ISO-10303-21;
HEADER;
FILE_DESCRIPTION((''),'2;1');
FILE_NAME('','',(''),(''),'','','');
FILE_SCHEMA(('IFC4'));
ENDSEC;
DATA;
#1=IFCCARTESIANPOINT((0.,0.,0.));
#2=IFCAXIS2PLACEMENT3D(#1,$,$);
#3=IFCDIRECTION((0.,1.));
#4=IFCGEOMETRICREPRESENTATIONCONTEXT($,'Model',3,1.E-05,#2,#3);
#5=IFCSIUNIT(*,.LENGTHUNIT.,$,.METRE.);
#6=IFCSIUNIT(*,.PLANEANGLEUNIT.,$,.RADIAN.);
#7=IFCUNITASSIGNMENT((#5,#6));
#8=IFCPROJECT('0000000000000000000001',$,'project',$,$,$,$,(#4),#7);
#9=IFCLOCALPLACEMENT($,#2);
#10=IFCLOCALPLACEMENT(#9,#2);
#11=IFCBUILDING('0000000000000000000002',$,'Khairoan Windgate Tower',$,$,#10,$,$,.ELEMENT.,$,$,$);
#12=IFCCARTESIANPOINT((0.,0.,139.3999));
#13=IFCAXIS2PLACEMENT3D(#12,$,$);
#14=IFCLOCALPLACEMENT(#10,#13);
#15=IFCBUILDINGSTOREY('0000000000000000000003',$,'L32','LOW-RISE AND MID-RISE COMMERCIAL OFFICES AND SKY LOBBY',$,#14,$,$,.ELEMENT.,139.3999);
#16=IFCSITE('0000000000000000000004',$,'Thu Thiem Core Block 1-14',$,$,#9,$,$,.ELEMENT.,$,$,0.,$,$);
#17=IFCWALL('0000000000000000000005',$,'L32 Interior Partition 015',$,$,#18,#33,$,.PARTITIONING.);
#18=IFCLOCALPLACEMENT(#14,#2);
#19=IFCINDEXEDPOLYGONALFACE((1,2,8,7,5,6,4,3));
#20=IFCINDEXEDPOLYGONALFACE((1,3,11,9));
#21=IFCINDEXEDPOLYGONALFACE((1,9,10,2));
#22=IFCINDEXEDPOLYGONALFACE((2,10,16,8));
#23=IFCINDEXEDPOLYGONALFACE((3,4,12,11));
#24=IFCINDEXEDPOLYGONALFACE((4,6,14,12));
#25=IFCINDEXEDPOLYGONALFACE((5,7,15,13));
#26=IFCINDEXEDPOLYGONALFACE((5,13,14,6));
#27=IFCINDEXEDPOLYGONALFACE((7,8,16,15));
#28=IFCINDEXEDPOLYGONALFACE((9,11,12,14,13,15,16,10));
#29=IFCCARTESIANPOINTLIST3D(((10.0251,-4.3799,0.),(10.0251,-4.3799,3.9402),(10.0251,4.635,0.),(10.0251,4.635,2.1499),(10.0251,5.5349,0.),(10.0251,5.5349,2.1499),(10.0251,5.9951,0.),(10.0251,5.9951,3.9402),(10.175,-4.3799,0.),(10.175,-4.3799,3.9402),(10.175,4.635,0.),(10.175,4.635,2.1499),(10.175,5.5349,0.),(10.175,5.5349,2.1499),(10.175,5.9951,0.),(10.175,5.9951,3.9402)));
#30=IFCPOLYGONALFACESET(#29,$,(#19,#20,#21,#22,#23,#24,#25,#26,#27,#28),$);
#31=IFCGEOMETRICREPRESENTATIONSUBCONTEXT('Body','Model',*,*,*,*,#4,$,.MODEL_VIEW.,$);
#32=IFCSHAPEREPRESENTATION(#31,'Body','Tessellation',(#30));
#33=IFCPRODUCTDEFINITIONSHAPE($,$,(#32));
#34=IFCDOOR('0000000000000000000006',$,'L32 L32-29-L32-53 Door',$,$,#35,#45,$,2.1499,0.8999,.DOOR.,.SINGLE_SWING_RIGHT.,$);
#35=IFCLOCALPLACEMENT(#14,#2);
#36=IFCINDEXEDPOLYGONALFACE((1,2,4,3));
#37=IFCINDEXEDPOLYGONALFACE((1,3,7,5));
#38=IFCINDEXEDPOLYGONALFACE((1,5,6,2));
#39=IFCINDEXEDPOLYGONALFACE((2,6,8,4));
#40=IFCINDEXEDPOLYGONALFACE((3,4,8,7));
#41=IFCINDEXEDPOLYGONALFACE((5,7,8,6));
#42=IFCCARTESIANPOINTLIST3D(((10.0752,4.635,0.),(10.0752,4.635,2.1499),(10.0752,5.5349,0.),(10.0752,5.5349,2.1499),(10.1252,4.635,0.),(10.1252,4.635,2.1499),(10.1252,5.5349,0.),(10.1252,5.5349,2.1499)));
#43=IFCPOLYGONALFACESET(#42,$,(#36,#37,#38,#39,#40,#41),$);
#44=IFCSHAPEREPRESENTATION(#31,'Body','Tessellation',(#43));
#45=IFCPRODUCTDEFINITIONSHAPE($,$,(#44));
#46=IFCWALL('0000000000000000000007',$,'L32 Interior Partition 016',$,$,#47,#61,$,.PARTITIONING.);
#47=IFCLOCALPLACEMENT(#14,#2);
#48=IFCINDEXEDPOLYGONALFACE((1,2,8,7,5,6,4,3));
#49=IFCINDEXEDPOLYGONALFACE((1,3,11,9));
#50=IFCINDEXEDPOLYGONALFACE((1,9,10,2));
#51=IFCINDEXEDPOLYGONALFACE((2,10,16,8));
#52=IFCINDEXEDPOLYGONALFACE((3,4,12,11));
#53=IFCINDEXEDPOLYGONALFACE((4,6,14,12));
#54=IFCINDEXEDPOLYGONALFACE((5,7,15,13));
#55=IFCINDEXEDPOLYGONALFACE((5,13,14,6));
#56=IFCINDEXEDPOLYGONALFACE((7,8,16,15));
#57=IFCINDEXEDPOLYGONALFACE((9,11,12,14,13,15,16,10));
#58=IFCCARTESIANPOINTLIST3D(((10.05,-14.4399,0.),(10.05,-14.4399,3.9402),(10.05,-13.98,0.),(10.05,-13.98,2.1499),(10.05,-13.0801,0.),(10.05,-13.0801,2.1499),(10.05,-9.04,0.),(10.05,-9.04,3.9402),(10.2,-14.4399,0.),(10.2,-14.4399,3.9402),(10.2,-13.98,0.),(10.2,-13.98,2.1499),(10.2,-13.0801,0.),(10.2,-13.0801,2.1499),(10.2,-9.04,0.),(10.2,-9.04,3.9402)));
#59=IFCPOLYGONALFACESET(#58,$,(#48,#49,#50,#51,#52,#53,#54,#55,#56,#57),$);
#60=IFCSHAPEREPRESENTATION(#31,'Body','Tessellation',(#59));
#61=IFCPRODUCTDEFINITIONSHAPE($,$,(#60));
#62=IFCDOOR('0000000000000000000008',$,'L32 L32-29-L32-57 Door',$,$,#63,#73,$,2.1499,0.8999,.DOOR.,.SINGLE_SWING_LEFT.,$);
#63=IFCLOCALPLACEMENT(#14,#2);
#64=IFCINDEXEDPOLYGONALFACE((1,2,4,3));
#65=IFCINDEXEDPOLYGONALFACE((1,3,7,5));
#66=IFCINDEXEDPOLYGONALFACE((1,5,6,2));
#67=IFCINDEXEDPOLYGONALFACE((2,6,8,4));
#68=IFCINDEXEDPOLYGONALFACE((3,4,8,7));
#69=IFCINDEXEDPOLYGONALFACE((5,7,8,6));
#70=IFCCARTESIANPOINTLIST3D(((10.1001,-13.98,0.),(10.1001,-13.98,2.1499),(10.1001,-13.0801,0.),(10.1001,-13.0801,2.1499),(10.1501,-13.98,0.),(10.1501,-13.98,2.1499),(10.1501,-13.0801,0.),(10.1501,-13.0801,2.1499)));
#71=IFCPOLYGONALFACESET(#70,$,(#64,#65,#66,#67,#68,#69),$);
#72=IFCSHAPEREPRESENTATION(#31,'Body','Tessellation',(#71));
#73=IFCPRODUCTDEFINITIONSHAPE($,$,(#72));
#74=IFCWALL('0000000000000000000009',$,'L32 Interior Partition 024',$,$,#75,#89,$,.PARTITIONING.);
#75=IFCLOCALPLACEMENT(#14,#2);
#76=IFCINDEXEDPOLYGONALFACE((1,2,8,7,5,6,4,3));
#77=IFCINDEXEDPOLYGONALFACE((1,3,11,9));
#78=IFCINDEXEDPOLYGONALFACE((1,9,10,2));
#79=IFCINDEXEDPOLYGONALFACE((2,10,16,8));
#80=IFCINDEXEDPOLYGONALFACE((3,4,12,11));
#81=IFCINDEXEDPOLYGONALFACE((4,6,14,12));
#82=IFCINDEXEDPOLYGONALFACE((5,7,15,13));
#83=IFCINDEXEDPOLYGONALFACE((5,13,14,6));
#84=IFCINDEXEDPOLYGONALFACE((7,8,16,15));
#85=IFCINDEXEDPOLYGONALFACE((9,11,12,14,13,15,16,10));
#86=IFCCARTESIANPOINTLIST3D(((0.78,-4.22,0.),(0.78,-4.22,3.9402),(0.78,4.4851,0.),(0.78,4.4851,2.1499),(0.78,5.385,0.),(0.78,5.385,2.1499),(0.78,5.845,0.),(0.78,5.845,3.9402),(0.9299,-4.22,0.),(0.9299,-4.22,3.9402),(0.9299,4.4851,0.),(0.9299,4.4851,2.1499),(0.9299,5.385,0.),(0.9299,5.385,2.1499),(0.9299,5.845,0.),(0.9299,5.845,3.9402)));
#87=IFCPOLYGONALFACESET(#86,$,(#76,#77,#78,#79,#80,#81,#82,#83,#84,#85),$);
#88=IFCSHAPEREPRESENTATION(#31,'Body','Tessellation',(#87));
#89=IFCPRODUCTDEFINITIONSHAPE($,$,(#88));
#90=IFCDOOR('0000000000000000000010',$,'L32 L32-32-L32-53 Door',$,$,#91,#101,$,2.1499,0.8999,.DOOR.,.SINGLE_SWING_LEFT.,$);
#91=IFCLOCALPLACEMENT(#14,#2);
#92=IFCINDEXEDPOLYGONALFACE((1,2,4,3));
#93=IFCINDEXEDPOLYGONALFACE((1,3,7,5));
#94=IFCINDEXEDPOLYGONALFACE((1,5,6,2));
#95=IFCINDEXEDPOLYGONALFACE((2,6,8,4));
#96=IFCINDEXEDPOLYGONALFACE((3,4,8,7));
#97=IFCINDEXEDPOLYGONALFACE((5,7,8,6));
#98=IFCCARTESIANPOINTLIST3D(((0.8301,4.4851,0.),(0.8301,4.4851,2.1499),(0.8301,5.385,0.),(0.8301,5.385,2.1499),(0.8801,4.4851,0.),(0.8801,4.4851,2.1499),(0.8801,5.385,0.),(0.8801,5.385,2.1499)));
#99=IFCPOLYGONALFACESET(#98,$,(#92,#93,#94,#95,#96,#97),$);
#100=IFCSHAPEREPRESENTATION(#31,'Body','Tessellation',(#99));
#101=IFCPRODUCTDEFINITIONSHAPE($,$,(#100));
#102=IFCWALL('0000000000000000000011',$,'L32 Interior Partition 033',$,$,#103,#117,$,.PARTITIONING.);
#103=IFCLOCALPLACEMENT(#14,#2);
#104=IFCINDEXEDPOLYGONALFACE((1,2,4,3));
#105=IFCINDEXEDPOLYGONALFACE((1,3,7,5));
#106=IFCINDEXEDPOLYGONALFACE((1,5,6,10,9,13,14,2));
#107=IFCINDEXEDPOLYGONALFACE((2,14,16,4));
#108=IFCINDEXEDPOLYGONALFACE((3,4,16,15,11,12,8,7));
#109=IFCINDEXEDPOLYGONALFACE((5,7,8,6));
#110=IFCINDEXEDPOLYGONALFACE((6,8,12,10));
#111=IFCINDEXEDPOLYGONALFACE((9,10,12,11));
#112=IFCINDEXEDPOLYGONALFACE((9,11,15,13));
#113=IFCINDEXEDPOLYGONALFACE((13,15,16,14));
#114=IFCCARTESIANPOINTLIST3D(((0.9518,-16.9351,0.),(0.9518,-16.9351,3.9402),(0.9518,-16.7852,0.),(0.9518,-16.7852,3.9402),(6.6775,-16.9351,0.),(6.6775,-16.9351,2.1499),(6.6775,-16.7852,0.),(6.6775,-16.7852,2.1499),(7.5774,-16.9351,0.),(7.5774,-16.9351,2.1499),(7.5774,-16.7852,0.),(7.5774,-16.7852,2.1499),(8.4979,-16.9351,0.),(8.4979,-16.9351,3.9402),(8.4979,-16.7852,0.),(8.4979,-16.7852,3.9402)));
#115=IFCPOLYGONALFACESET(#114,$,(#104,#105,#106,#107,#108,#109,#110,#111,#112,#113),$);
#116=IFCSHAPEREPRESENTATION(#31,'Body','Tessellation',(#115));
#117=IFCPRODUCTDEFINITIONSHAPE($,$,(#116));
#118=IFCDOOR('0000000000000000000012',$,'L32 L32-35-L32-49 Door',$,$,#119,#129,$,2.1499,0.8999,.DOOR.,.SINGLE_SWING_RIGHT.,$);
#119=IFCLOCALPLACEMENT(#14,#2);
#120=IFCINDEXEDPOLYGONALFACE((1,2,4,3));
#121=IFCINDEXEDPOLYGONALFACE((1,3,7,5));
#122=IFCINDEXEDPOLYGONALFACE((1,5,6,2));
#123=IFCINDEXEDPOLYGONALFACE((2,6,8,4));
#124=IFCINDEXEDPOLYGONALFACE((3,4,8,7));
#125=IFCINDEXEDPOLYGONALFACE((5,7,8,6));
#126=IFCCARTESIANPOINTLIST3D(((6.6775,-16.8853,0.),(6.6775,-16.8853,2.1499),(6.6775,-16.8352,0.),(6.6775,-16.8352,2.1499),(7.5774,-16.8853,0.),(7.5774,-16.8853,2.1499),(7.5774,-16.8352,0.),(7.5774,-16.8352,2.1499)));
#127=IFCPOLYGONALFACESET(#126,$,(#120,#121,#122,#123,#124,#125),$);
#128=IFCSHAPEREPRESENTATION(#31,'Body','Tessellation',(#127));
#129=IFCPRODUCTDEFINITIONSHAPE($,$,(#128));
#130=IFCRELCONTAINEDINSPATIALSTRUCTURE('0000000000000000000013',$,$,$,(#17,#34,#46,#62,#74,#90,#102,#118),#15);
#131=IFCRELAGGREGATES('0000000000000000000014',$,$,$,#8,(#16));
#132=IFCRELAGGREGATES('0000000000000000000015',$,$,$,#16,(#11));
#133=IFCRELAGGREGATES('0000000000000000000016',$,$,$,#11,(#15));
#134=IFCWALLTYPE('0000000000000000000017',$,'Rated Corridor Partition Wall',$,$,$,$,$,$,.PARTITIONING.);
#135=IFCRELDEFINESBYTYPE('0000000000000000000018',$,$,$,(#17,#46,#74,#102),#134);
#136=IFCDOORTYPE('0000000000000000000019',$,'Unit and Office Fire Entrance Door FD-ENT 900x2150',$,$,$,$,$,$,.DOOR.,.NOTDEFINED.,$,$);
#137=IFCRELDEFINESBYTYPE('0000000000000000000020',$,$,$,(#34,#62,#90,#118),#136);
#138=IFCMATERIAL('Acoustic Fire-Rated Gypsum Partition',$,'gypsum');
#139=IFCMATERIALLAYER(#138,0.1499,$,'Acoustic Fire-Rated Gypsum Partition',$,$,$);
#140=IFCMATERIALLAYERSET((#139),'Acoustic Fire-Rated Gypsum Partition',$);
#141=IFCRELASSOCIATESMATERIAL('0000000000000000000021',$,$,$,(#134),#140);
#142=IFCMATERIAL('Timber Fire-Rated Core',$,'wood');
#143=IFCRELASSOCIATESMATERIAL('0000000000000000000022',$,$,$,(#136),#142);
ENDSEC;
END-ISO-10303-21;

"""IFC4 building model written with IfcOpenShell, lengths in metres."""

from ifc_helpers import new_model, si_unit, direction, frame, frame_2d, origin, place, context, subcontext, project, spatial, rectangle, extrude, material, layer, layer_set, type_object, element, fill, save


model = new_model("IFC4")

# Units and contexts
model_context = context("Model", 3, precision=1e-05, world=origin(), true_north=direction((0.0, 1.0)))
body_context = subcontext(model_context, "Body", "Model", "MODEL_VIEW")
ifc_project = project(units=[si_unit("LENGTHUNIT", "METRE"), si_unit("PLANEANGLEUNIT", "RADIAN")], contexts=[model_context])

# Site, building, storey
site_placement = place(None, origin())
site = spatial("IfcSite", under=ifc_project, at=site_placement, Name="Thu Thiem Core Block 1-14", CompositionType="ELEMENT", RefElevation=0.0)
building_placement = place(site_placement, origin())
building = spatial("IfcBuilding", under=site, at=building_placement, Name="Khairoan Windgate Tower", CompositionType="ELEMENT")
storey_placement = place(building_placement, frame((0.0, 0.0, 139.3999)))
storey = spatial("IfcBuildingStorey", under=building, at=storey_placement, Name="L32", Description="LOW-RISE AND MID-RISE COMMERCIAL OFFICES AND SKY LOBBY", CompositionType="ELEMENT", Elevation=139.3999)

# Walls, openings, doors
ifc_material_1 = material(Name="Acoustic Fire-Rated Gypsum Partition", Category="gypsum")
ifc_layer_1 = layer(ifc_material_1, 0.1499, Name="Acoustic Fire-Rated Gypsum Partition")
ifc_layer_set_1 = layer_set([ifc_layer_1], Name="Acoustic Fire-Rated Gypsum Partition")
wall_type_1 = type_object("IfcWallType", Name="Rated Corridor Partition Wall", PredefinedType="PARTITIONING", material=ifc_layer_set_1)
wall_1_placement = place(storey_placement, frame((10.1001, -4.3799, 0.0), z_axis=(0.0, 0.0, 1.0), x_axis=(0.0, 1.0, 0.0)))
wall_1 = element("IfcWall", 1, at=wall_1_placement, inside=storey, type_object=wall_type_1, Name="L32 Interior Partition 015", PredefinedType="PARTITIONING", context=body_context, shape_type="SweptSolid", body=[
    extrude(rectangle(XDim=10.375, YDim=0.1499, at=frame_2d((5.1875, 0.0))), origin(), (0.0, 0.0, 1.0), 3.9402),
])
opening_1_placement = place(wall_1_placement, frame((9.0149, 0.0, 0.0)))
opening_1 = element("IfcOpeningElement", 2, at=opening_1_placement, cuts=wall_1, PredefinedType="OPENING", context=body_context, shape_type="SweptSolid", body=[
    extrude(rectangle(XDim=0.8999, YDim=2.1499, at=frame_2d((0.45, 1.075))), frame((0.0, 0.085, 0.0), z_axis=(0.0, -1.0, 0.0), x_axis=(1.0, 0.0, 0.0)), (0.0, 0.0, 1.0), 0.1699),
])
ifc_material_2 = material(Name="Timber Fire-Rated Core", Category="wood")
door_type_1 = type_object("IfcDoorType", Name="Unit and Office Fire Entrance Door FD-ENT 900x2150", OperationType="NOTDEFINED", PredefinedType="DOOR", material=ifc_material_2)
door_1_placement = place(opening_1_placement, origin())
door_1 = element("IfcDoor", 3, at=door_1_placement, inside=storey, type_object=door_type_1, Name="L32 L32-29-L32-53 Door", OperationType="SINGLE_SWING_RIGHT", OverallHeight=2.1499, OverallWidth=0.8999, PredefinedType="DOOR", context=body_context, shape_type="SweptSolid", body=[
    extrude(rectangle(XDim=0.8999, YDim=2.1499, at=frame_2d((0.45, 1.075))), frame((0.0, 0.0249, 0.0), z_axis=(0.0, -1.0, 0.0), x_axis=(1.0, 0.0, 0.0)), (0.0, 0.0, 1.0), 0.05),
])
fill(opening_1, door_1)
wall_2_placement = place(storey_placement, frame((10.125, -14.4399, 0.0), z_axis=(0.0, 0.0, 1.0), x_axis=(0.0, 1.0, 0.0)))
wall_2 = element("IfcWall", 4, at=wall_2_placement, inside=storey, type_object=wall_type_1, Name="L32 Interior Partition 016", PredefinedType="PARTITIONING", context=body_context, shape_type="SweptSolid", body=[
    extrude(rectangle(XDim=5.3999, YDim=0.1499, at=frame_2d((2.7, 0.0))), origin(), (0.0, 0.0, 1.0), 3.9402),
])
opening_2_placement = place(wall_2_placement, frame((0.46, 0.0, 0.0)))
opening_2 = element("IfcOpeningElement", 5, at=opening_2_placement, cuts=wall_2, PredefinedType="OPENING", context=body_context, shape_type="SweptSolid", body=[
    extrude(rectangle(XDim=0.8999, YDim=2.1499, at=frame_2d((0.45, 1.075))), frame((0.0, 0.085, 0.0), z_axis=(0.0, -1.0, 0.0), x_axis=(1.0, 0.0, 0.0)), (0.0, 0.0, 1.0), 0.1699),
])
door_2_placement = place(opening_2_placement, origin())
door_2 = element("IfcDoor", 6, at=door_2_placement, inside=storey, type_object=door_type_1, Name="L32 L32-29-L32-57 Door", OperationType="SINGLE_SWING_LEFT", OverallHeight=2.1499, OverallWidth=0.8999, PredefinedType="DOOR", context=body_context, shape_type="SweptSolid", body=[
    extrude(rectangle(XDim=0.8999, YDim=2.1499, at=frame_2d((0.45, 1.075))), frame((0.0, 0.0249, 0.0), z_axis=(0.0, -1.0, 0.0), x_axis=(1.0, 0.0, 0.0)), (0.0, 0.0, 1.0), 0.05),
])
fill(opening_2, door_2)
wall_3_placement = place(storey_placement, frame((0.855, -4.22, 0.0), z_axis=(0.0, 0.0, 1.0), x_axis=(0.0, 1.0, 0.0)))
wall_3 = element("IfcWall", 7, at=wall_3_placement, inside=storey, type_object=wall_type_1, Name="L32 Interior Partition 024", PredefinedType="PARTITIONING", context=body_context, shape_type="SweptSolid", body=[
    extrude(rectangle(XDim=10.0649, YDim=0.1499, at=frame_2d((5.0325, 0.0))), origin(), (0.0, 0.0, 1.0), 3.9402),
])
opening_3_placement = place(wall_3_placement, frame((8.7051, 0.0, 0.0)))
opening_3 = element("IfcOpeningElement", 8, at=opening_3_placement, cuts=wall_3, PredefinedType="OPENING", context=body_context, shape_type="SweptSolid", body=[
    extrude(rectangle(XDim=0.8999, YDim=2.1499, at=frame_2d((0.45, 1.075))), frame((0.0, 0.085, 0.0), z_axis=(0.0, -1.0, 0.0), x_axis=(1.0, 0.0, 0.0)), (0.0, 0.0, 1.0), 0.1699),
])
door_3_placement = place(opening_3_placement, origin())
door_3 = element("IfcDoor", 9, at=door_3_placement, inside=storey, type_object=door_type_1, Name="L32 L32-32-L32-53 Door", OperationType="SINGLE_SWING_LEFT", OverallHeight=2.1499, OverallWidth=0.8999, PredefinedType="DOOR", context=body_context, shape_type="SweptSolid", body=[
    extrude(rectangle(XDim=0.8999, YDim=2.1499, at=frame_2d((0.45, 1.075))), frame((0.0, 0.0249, 0.0), z_axis=(0.0, -1.0, 0.0), x_axis=(1.0, 0.0, 0.0)), (0.0, 0.0, 1.0), 0.05),
])
fill(opening_3, door_3)
wall_4_placement = place(storey_placement, frame((0.9519, -16.8601, 0.0), z_axis=(0.0, 0.0, 1.0), x_axis=(1.0, 0.0, 0.0)))
wall_4 = element("IfcWall", 10, at=wall_4_placement, inside=storey, type_object=wall_type_1, Name="L32 Interior Partition 033", PredefinedType="PARTITIONING", context=body_context, shape_type="SweptSolid", body=[
    extrude(rectangle(XDim=7.5461, YDim=0.1499, at=frame_2d((3.7729, 0.0))), origin(), (0.0, 0.0, 1.0), 3.9402),
])
opening_4_placement = place(wall_4_placement, frame((5.7256, 0.0, 0.0)))
opening_4 = element("IfcOpeningElement", 11, at=opening_4_placement, cuts=wall_4, PredefinedType="OPENING", context=body_context, shape_type="SweptSolid", body=[
    extrude(rectangle(XDim=0.8999, YDim=2.1499, at=frame_2d((0.45, 1.075))), frame((0.0, 0.085, 0.0), z_axis=(0.0, -1.0, 0.0), x_axis=(1.0, 0.0, 0.0)), (0.0, 0.0, 1.0), 0.1699),
])
door_4_placement = place(opening_4_placement, origin())
door_4 = element("IfcDoor", 12, at=door_4_placement, inside=storey, type_object=door_type_1, Name="L32 L32-35-L32-49 Door", OperationType="SINGLE_SWING_RIGHT", OverallHeight=2.1499, OverallWidth=0.8999, PredefinedType="DOOR", context=body_context, shape_type="SweptSolid", body=[
    extrude(rectangle(XDim=0.8999, YDim=2.1499, at=frame_2d((0.45, 1.075))), frame((0.0, 0.0249, 0.0), z_axis=(0.0, -1.0, 0.0), x_axis=(1.0, 0.0, 0.0)), (0.0, 0.0, 1.0), 0.05),
])
fill(opening_4, door_4)

save(model, "model.ifc")
